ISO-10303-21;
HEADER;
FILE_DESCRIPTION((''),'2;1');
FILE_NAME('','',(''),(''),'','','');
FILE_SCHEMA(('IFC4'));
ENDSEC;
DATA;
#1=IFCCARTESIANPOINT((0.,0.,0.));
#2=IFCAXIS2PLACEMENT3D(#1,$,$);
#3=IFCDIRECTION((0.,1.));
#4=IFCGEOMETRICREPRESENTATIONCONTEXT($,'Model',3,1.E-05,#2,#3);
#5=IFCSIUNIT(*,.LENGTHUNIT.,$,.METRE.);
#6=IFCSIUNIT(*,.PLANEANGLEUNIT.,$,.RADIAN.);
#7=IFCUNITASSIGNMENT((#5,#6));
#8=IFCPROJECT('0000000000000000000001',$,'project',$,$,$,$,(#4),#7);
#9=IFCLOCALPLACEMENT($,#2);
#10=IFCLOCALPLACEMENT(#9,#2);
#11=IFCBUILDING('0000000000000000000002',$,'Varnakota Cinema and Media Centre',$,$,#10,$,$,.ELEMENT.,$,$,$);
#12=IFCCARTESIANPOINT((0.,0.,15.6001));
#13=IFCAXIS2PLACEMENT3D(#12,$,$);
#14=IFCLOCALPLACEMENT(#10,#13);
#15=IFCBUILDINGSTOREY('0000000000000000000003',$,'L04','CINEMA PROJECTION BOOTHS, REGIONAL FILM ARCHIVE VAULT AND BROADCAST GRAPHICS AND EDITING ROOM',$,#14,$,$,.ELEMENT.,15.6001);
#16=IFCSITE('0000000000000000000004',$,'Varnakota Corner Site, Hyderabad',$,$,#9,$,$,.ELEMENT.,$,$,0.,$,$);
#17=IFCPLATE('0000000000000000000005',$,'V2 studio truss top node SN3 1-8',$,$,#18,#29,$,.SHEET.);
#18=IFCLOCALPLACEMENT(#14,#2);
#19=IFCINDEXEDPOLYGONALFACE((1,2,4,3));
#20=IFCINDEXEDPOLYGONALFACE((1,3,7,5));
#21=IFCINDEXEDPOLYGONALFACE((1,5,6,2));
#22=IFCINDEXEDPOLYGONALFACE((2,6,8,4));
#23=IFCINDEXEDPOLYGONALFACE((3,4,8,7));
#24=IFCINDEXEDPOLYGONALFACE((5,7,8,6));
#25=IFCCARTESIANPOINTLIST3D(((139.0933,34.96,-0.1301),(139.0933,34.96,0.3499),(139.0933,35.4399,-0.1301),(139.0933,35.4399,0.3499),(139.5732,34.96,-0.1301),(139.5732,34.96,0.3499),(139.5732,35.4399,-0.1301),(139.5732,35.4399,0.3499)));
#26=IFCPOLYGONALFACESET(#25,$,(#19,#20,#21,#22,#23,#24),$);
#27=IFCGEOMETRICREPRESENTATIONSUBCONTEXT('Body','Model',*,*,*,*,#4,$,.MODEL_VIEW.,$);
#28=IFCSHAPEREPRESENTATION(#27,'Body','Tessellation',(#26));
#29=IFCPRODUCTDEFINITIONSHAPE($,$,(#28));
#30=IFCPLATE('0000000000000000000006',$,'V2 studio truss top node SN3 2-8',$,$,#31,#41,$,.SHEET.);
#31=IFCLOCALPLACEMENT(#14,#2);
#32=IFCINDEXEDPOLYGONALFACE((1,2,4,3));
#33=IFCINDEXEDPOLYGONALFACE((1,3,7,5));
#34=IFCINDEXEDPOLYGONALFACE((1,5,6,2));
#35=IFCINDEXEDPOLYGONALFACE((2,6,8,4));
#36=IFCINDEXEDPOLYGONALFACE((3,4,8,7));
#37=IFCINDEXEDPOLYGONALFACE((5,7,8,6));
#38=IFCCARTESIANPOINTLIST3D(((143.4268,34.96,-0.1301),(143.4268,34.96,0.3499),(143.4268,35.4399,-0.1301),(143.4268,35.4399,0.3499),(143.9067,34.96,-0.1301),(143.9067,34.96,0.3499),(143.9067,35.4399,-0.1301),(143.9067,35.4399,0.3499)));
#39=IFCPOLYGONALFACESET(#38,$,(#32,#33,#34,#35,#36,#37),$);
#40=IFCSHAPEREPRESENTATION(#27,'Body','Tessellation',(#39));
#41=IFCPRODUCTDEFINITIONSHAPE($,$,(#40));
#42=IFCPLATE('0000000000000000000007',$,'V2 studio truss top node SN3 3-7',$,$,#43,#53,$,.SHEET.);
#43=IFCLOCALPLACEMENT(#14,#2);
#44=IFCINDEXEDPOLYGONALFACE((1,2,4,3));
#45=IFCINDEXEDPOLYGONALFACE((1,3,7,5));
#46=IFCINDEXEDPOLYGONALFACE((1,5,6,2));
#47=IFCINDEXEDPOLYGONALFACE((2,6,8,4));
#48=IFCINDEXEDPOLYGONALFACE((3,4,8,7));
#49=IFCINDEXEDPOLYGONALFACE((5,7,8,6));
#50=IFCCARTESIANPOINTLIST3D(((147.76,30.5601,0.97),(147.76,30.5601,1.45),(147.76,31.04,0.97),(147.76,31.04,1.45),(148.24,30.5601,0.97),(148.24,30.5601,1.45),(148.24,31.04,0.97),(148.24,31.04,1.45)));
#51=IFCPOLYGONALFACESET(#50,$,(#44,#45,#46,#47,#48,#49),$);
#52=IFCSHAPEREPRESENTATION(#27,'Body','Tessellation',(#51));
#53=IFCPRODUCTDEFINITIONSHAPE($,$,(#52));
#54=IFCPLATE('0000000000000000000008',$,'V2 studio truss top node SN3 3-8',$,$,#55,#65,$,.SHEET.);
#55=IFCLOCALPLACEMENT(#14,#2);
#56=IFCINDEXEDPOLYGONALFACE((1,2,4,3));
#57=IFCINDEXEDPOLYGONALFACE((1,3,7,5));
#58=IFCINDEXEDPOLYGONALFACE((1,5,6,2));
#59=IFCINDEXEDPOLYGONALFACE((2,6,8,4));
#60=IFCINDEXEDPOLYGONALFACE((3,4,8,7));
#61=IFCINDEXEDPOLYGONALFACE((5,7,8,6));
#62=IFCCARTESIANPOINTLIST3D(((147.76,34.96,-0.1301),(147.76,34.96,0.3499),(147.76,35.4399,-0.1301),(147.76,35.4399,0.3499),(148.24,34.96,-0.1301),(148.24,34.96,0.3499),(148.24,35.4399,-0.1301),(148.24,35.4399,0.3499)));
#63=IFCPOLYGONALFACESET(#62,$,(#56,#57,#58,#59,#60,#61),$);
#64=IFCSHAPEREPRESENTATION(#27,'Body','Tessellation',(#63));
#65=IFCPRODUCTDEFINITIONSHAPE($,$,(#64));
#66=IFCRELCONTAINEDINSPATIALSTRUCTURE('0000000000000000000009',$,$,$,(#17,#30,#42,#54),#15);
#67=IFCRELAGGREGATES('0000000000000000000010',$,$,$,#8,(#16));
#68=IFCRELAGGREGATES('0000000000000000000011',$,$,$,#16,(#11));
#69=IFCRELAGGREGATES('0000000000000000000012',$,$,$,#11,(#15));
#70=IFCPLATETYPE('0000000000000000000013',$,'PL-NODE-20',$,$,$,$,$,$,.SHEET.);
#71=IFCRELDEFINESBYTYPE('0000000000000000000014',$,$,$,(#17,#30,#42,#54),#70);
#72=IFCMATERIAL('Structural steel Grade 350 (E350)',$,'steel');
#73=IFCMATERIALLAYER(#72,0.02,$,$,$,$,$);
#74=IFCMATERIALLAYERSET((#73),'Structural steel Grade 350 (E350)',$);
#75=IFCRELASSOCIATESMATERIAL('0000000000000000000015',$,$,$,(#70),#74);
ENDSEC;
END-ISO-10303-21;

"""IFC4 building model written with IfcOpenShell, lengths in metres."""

from ifc_helpers import new_model, si_unit, direction, frame, origin, origin_2d, place, context, subcontext, project, spatial, rectangle, extrude, material, layer, layer_set, type_object, element, save


model = new_model("IFC4")

# Units and contexts
model_context = context("Model", 3, precision=1e-05, world=origin(), true_north=direction((0.0, 1.0)))
body_context = subcontext(model_context, "Body", "Model", "MODEL_VIEW")
ifc_project = project(units=[si_unit("LENGTHUNIT", "METRE"), si_unit("PLANEANGLEUNIT", "RADIAN")], contexts=[model_context])

# Site, building, storey
site_placement = place(None, origin())
site = spatial("IfcSite", under=ifc_project, at=site_placement, Name="Varnakota Corner Site, Hyderabad", CompositionType="ELEMENT", RefElevation=0.0)
building_placement = place(site_placement, origin())
building = spatial("IfcBuilding", under=site, at=building_placement, Name="Varnakota Cinema and Media Centre", CompositionType="ELEMENT")
storey_placement = place(building_placement, frame((0.0, 0.0, 15.6001)))
storey = spatial("IfcBuildingStorey", under=building, at=storey_placement, Name="L04", Description="CINEMA PROJECTION BOOTHS, REGIONAL FILM ARCHIVE VAULT AND BROADCAST GRAPHICS AND EDITING ROOM", CompositionType="ELEMENT", Elevation=15.6001)

# Plates
ifc_material_1 = material(Name="Structural steel Grade 350 (E350)", Category="steel")
ifc_layer_1 = layer(ifc_material_1, 0.02)
ifc_layer_set_1 = layer_set([ifc_layer_1], Name="Structural steel Grade 350 (E350)")
plate_type_1 = type_object("IfcPlateType", Name="PL-NODE-20", PredefinedType="SHEET", material=ifc_layer_set_1)
for number, where, z_axis, x_axis, name in (
    (1, (139.3333, 35.2, -0.1301), (0.0, 0.0, 1.0), (1.0, 0.0, 0.0), "V2 studio truss top node SN3 1-8"),
    (2, (143.6667, 35.2, -0.1301), (0.0, 0.0, 1.0), (1.0, 0.0, 0.0), "V2 studio truss top node SN3 2-8"),
    (3, (148.0, 30.8, 0.97), (0.0, 0.0, 1.0), (1.0, 0.0, 0.0), "V2 studio truss top node SN3 3-7"),
    (4, (148.0, 35.2, -0.1301), (0.0, 0.0, 1.0), (1.0, 0.0, 0.0), "V2 studio truss top node SN3 3-8"),
):
    element("IfcPlate", number, at=place(storey_placement, frame(where, z_axis=z_axis, x_axis=x_axis)), inside=storey, type_object=plate_type_1, Name=name, PredefinedType="SHEET", context=body_context, shape_type="SweptSolid", body=[
        extrude(rectangle(XDim=0.48, YDim=0.48, at=origin_2d()), origin(), (0.0, 0.0, 1.0), 0.48),
    ])

save(model, "model.ifc")
